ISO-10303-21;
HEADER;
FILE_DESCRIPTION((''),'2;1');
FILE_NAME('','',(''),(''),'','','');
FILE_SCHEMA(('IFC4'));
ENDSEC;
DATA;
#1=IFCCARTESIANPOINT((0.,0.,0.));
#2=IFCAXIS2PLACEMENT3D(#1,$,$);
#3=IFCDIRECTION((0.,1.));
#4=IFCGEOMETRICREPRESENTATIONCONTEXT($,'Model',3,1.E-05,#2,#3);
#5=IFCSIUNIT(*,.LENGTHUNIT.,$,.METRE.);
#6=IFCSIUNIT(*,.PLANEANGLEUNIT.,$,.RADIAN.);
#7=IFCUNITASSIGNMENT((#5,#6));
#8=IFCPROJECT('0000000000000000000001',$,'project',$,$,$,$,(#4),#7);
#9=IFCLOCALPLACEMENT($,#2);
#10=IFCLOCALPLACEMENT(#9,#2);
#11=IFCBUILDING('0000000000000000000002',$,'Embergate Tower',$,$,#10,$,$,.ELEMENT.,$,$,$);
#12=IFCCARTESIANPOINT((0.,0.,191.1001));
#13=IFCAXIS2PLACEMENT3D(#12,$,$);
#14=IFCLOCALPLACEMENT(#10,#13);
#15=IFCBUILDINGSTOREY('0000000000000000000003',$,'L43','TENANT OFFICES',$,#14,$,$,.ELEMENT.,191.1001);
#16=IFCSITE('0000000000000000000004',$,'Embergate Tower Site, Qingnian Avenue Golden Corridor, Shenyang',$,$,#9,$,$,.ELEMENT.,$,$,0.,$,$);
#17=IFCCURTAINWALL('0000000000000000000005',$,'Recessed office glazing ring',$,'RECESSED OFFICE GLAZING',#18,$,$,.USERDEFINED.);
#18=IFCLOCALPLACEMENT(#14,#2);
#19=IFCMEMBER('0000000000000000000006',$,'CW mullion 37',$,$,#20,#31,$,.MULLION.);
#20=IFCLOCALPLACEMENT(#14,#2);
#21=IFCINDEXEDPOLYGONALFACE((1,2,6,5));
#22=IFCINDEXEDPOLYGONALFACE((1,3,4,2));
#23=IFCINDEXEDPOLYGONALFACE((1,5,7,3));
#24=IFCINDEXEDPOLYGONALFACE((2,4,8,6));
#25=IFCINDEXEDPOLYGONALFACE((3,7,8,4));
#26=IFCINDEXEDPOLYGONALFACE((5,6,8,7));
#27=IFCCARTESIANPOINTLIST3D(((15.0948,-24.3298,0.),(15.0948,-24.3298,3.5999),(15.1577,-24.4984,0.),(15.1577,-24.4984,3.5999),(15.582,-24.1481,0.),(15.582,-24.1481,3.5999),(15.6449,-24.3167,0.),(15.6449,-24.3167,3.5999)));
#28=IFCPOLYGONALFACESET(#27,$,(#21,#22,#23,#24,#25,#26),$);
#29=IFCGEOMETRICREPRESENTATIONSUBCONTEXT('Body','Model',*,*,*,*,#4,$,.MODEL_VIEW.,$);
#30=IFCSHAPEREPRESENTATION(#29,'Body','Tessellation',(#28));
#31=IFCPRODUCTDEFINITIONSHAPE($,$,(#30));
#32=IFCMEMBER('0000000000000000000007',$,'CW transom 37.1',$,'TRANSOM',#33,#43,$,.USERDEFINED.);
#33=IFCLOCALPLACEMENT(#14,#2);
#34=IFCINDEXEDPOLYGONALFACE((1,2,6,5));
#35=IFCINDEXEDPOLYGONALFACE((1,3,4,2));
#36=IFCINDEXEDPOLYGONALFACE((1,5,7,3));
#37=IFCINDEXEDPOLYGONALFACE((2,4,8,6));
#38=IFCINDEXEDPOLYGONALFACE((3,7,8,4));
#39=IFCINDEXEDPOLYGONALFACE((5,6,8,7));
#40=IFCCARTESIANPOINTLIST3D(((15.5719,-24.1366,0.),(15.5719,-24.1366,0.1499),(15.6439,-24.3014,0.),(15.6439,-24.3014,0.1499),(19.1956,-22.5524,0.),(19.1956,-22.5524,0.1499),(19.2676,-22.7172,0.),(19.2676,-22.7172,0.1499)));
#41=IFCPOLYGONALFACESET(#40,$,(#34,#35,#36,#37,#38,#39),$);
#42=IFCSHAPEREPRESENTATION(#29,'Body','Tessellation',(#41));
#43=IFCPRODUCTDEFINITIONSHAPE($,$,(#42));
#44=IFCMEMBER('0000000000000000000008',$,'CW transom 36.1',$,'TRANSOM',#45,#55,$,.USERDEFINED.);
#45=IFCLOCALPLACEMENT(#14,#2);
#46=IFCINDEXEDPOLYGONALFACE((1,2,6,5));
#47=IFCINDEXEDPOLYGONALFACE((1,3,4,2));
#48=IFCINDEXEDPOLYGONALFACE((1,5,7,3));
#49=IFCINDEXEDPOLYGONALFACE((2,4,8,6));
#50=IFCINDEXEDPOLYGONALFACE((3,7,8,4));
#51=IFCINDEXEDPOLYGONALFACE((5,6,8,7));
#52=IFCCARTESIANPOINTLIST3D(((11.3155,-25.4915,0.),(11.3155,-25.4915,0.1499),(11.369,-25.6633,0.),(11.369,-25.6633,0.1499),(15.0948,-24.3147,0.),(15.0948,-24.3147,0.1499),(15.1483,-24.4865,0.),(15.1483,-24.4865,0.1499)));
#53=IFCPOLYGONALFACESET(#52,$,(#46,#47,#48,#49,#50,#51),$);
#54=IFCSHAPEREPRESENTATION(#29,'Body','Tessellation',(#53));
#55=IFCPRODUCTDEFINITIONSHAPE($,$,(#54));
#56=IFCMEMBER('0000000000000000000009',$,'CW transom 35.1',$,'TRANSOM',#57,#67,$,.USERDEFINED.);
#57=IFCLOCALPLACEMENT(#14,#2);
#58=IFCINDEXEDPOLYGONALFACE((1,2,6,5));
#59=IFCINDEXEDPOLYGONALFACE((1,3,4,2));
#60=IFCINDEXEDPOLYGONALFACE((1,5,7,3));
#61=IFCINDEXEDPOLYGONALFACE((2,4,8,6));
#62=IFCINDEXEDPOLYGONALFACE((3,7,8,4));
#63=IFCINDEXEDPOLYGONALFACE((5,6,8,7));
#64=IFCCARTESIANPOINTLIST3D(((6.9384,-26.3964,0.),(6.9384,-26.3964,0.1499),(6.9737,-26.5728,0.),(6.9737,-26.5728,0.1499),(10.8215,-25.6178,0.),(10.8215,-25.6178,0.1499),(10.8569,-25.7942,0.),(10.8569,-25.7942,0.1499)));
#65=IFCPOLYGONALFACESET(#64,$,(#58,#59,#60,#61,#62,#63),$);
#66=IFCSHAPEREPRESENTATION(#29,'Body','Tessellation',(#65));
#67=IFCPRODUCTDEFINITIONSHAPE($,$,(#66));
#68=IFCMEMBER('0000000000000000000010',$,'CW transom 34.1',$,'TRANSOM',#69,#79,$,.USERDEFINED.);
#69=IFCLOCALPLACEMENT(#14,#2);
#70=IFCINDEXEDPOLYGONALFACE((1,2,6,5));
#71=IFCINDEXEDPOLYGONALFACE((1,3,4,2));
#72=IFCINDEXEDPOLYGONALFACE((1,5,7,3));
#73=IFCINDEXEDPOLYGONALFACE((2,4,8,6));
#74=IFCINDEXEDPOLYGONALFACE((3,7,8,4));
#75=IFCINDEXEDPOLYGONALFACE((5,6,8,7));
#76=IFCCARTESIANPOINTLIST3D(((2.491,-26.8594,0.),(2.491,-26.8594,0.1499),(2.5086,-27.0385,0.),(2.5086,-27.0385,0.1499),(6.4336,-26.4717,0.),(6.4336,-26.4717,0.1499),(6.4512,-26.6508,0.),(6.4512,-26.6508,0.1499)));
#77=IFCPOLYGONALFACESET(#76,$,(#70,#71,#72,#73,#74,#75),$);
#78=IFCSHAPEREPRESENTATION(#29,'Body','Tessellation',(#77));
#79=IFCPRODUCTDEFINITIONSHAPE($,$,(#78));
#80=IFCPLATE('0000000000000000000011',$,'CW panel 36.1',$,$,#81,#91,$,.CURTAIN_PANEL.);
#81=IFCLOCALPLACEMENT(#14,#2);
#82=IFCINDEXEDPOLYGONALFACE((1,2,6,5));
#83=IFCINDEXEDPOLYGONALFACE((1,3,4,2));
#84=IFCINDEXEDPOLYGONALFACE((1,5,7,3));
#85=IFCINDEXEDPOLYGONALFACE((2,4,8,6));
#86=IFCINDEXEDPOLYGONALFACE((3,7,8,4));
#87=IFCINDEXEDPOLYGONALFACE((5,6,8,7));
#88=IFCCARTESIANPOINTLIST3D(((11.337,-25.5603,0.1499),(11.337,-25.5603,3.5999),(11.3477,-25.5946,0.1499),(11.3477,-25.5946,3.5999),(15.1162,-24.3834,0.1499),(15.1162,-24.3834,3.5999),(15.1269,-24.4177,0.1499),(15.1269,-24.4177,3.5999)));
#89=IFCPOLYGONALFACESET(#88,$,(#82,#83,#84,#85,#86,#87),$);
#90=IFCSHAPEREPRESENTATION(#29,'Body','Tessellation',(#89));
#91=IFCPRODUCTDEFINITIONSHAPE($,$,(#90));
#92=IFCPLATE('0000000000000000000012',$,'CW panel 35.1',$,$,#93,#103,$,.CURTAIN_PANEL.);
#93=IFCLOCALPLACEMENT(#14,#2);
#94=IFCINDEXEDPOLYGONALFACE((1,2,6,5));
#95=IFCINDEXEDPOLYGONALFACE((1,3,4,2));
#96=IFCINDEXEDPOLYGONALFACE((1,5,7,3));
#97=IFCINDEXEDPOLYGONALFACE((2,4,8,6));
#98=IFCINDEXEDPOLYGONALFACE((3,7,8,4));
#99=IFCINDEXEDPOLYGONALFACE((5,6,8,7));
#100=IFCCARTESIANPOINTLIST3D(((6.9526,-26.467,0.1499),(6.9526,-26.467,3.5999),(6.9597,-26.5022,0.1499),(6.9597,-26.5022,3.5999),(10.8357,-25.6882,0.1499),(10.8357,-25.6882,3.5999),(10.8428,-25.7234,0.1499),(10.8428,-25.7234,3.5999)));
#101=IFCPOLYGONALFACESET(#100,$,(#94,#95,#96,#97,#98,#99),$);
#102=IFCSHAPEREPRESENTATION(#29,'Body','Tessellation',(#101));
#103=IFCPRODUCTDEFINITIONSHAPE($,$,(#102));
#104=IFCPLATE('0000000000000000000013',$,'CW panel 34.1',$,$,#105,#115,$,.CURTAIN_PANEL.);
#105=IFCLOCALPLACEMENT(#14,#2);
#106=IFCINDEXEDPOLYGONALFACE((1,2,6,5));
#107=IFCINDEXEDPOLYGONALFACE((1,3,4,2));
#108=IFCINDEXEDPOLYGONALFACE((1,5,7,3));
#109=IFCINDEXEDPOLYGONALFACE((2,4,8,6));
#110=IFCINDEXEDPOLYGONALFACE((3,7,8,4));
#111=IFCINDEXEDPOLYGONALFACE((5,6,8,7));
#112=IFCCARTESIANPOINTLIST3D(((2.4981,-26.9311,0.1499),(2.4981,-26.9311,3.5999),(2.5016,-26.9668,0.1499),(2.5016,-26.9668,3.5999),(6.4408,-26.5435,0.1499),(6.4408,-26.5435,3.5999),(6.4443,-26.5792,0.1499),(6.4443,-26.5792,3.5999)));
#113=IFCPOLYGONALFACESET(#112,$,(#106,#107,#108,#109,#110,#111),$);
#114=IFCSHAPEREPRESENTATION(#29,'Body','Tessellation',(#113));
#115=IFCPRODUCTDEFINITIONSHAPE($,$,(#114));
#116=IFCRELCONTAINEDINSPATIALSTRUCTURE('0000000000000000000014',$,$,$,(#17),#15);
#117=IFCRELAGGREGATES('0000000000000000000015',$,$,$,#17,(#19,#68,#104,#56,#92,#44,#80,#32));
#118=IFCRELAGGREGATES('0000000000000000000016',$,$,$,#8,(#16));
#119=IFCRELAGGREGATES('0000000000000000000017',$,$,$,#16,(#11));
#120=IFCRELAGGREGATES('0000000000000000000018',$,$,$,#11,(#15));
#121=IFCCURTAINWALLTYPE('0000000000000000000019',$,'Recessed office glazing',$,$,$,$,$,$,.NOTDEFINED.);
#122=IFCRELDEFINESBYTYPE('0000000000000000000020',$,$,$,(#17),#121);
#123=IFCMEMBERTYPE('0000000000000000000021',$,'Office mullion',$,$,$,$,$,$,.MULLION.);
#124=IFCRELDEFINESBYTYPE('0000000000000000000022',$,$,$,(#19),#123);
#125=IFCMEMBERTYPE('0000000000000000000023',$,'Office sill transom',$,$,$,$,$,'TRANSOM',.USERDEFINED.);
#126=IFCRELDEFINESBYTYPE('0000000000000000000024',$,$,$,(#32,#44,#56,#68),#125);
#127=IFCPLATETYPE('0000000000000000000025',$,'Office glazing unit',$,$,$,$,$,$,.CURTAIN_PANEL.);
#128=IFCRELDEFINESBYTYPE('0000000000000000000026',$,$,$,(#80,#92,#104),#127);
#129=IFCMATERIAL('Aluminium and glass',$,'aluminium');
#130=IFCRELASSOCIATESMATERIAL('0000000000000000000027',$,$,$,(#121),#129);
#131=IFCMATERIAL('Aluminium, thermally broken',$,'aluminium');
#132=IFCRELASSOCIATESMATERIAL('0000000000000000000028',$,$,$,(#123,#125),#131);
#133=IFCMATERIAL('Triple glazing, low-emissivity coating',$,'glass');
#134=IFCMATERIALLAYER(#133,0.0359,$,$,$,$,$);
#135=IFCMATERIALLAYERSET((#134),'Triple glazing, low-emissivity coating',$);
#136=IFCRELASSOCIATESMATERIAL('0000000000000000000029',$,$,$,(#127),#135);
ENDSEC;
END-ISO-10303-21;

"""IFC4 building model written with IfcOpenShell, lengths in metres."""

from ifc_helpers import new_model, si_unit, direction, frame, origin, origin_2d, place, context, subcontext, project, spatial, rectangle, extrude, source, transform, mapped, material, layer, layer_set, material_profile, profile_set, type_object, element, aggregate, save


model = new_model("IFC4")

# Units and contexts
model_context = context("Model", 3, precision=1e-05, world=origin(), true_north=direction((0.0, 1.0)))
body_context = subcontext(model_context, "Body", "Model", "MODEL_VIEW")
ifc_project = project(units=[si_unit("LENGTHUNIT", "METRE"), si_unit("PLANEANGLEUNIT", "RADIAN")], contexts=[model_context])

# Site, building, storey
site_placement = place(None, origin())
site = spatial("IfcSite", under=ifc_project, at=site_placement, Name="Embergate Tower Site, Qingnian Avenue Golden Corridor, Shenyang", CompositionType="ELEMENT", RefElevation=0.0)
building_placement = place(site_placement, origin())
building = spatial("IfcBuilding", under=site, at=building_placement, Name="Embergate Tower", CompositionType="ELEMENT")
storey_placement = place(building_placement, frame((0.0, 0.0, 191.1001)))
storey = spatial("IfcBuildingStorey", under=building, at=storey_placement, Name="L43", Description="TENANT OFFICES", CompositionType="ELEMENT", Elevation=191.1001)

# Curtain wall, members, plates
ifc_material_1 = material(Name="Aluminium and glass", Category="aluminium")
curtain_wall_type = type_object("IfcCurtainWallType", Name="Recessed office glazing", PredefinedType="NOTDEFINED", material=ifc_material_1)
curtain_wall_placement = place(storey_placement, origin())
curtain_wall = element("IfcCurtainWall", 1, at=curtain_wall_placement, inside=storey, type_object=curtain_wall_type, Name="Recessed office glazing ring", ObjectType="RECESSED OFFICE GLAZING", PredefinedType="USERDEFINED")
ifc_material_2 = material(Name="Aluminium, thermally broken", Category="aluminium")
ifc_material_profile_1 = material_profile(ifc_material_2, rectangle(XDim=0.1799, YDim=0.52, at=origin_2d()), Name="AL 520x180")
ifc_profile_set_1 = profile_set([ifc_material_profile_1], Name="Aluminium, thermally broken")
member_type_1 = type_object("IfcMemberType", Name="Office mullion", PredefinedType="MULLION", material=ifc_profile_set_1)
shared_shape_1 = source(origin(), body_context, "Body", "SweptSolid", [
    extrude(rectangle(XDim=0.1799, YDim=0.52, at=origin_2d()), origin(), (0.0, 0.0, 1.0), 3.5999),
])
member_1_placement = place(storey_placement, frame((15.3699, -24.3232, 0.0), z_axis=(0.0, 0.0, 1.0), x_axis=(-0.349499, 0.936937, 0.0)))
member_1 = element("IfcMember", 2, at=member_1_placement, type_object=member_type_1, Name="CW mullion 37", PredefinedType="MULLION", context=body_context, shape_type="MappedRepresentation", body=[
    mapped(shared_shape_1, transform((0.0, 0.0, 0.0))),
])
ifc_material_profile_2 = material_profile(ifc_material_2, rectangle(XDim=0.1799, YDim=0.1499, at=origin_2d()), Name="AL 150x180")
ifc_profile_set_2 = profile_set([ifc_material_profile_2], Name="Aluminium, thermally broken")
member_type_2 = type_object("IfcMemberType", Name="Office sill transom", ElementType="TRANSOM", PredefinedType="USERDEFINED", material=ifc_profile_set_2)
shared_shape_2 = source(origin(), body_context, "Body", "SweptSolid", [
    extrude(rectangle(XDim=0.1799, YDim=0.1499, at=origin_2d()), origin(), (0.0, 0.0, 1.0), 3.9548),
])
member_2_placement = place(storey_placement, frame((15.6079, -24.219, 0.075), z_axis=(0.916266, 0.400569, 0.0), x_axis=(-0.400569, 0.916266, 0.0)))
member_2 = element("IfcMember", 3, at=member_2_placement, type_object=member_type_2, Name="CW transom 37.1", ObjectType="TRANSOM", PredefinedType="USERDEFINED", context=body_context, shape_type="MappedRepresentation", body=[
    mapped(shared_shape_2, transform((0.0, 0.0, 0.0))),
])
shared_shape_3 = source(origin(), body_context, "Body", "SweptSolid", [
    extrude(rectangle(XDim=0.1799, YDim=0.1499, at=origin_2d()), origin(), (0.0, 0.0, 1.0), 3.9583),
])
member_3_placement = place(storey_placement, frame((11.3423, -25.5774, 0.075), z_axis=(0.954787, 0.297291, 0.0), x_axis=(-0.297291, 0.954787, 0.0)))
member_3 = element("IfcMember", 4, at=member_3_placement, type_object=member_type_2, Name="CW transom 36.1", ObjectType="TRANSOM", PredefinedType="USERDEFINED", context=body_context, shape_type="MappedRepresentation", body=[
    mapped(shared_shape_3, transform((0.0, 0.0, 0.0))),
])
shared_shape_4 = source(origin(), body_context, "Body", "SweptSolid", [
    extrude(rectangle(XDim=0.1799, YDim=0.1499, at=origin_2d()), origin(), (0.0, 0.0, 1.0), 3.9604),
])
member_4_placement = place(storey_placement, frame((6.9561, -26.4846, 0.075), z_axis=(0.980486, 0.19659, 0.0), x_axis=(-0.19659, 0.980486, 0.0)))
member_4 = element("IfcMember", 5, at=member_4_placement, type_object=member_type_2, Name="CW transom 35.1", ObjectType="TRANSOM", PredefinedType="USERDEFINED", context=body_context, shape_type="MappedRepresentation", body=[
    mapped(shared_shape_4, transform((0.0, 0.0, 0.0))),
])
shared_shape_5 = source(origin(), body_context, "Body", "SweptSolid", [
    extrude(rectangle(XDim=0.1799, YDim=0.1499, at=origin_2d()), origin(), (0.0, 0.0, 1.0), 3.9617),
])
member_5_placement = place(storey_placement, frame((2.4998, -26.949, 0.075), z_axis=(0.9952, 0.097862, 0.0), x_axis=(-0.097862, 0.9952, 0.0)))
member_5 = element("IfcMember", 6, at=member_5_placement, type_object=member_type_2, Name="CW transom 34.1", ObjectType="TRANSOM", PredefinedType="USERDEFINED", context=body_context, shape_type="MappedRepresentation", body=[
    mapped(shared_shape_5, transform((0.0, 0.0, 0.0))),
])
ifc_material_3 = material(Name="Triple glazing, low-emissivity coating", Category="glass")
ifc_layer_1 = layer(ifc_material_3, 0.0359)
ifc_layer_set_1 = layer_set([ifc_layer_1], Name="Triple glazing, low-emissivity coating")
plate_type = type_object("IfcPlateType", Name="Office glazing unit", PredefinedType="CURTAIN_PANEL", material=ifc_layer_set_1)
shared_shape_6 = source(origin(), body_context, "Body", "SweptSolid", [
    extrude(rectangle(XDim=3.9583, YDim=0.0359, at=origin_2d()), origin(), (0.0, 0.0, 1.0), 3.45),
])
plate_1_placement = place(storey_placement, frame((13.2319, -24.989, 0.1499), z_axis=(0.0, 0.0, 1.0), x_axis=(0.954773, 0.297337, 0.0)))
plate_1 = element("IfcPlate", 7, at=plate_1_placement, type_object=plate_type, Name="CW panel 36.1", PredefinedType="CURTAIN_PANEL", context=body_context, shape_type="MappedRepresentation", body=[
    mapped(shared_shape_6, transform((0.0, 0.0, 0.0))),
])
shared_shape_7 = source(origin(), body_context, "Body", "SweptSolid", [
    extrude(rectangle(XDim=3.9604, YDim=0.0359, at=origin_2d()), origin(), (0.0, 0.0, 1.0), 3.45),
])
plate_2_placement = place(storey_placement, frame((8.8977, -26.0952, 0.1499), z_axis=(0.0, 0.0, 1.0), x_axis=(0.980476, 0.196639, 0.0)))
plate_2 = element("IfcPlate", 8, at=plate_2_placement, type_object=plate_type, Name="CW panel 35.1", PredefinedType="CURTAIN_PANEL", context=body_context, shape_type="MappedRepresentation", body=[
    mapped(shared_shape_7, transform((0.0, 0.0, 0.0))),
])
shared_shape_8 = source(origin(), body_context, "Body", "SweptSolid", [
    extrude(rectangle(XDim=3.9617, YDim=0.0359, at=origin_2d()), origin(), (0.0, 0.0, 1.0), 3.45),
])
plate_3_placement = place(storey_placement, frame((4.4712, -26.7551, 0.1499), z_axis=(0.0, 0.0, 1.0), x_axis=(0.995203, 0.09783, 0.0)))
plate_3 = element("IfcPlate", 9, at=plate_3_placement, type_object=plate_type, Name="CW panel 34.1", PredefinedType="CURTAIN_PANEL", context=body_context, shape_type="MappedRepresentation", body=[
    mapped(shared_shape_8, transform((0.0, 0.0, 0.0))),
])
aggregate(curtain_wall, [member_1, member_5, plate_3, member_4, plate_2, member_3, plate_1, member_2])

save(model, "model.ifc")
